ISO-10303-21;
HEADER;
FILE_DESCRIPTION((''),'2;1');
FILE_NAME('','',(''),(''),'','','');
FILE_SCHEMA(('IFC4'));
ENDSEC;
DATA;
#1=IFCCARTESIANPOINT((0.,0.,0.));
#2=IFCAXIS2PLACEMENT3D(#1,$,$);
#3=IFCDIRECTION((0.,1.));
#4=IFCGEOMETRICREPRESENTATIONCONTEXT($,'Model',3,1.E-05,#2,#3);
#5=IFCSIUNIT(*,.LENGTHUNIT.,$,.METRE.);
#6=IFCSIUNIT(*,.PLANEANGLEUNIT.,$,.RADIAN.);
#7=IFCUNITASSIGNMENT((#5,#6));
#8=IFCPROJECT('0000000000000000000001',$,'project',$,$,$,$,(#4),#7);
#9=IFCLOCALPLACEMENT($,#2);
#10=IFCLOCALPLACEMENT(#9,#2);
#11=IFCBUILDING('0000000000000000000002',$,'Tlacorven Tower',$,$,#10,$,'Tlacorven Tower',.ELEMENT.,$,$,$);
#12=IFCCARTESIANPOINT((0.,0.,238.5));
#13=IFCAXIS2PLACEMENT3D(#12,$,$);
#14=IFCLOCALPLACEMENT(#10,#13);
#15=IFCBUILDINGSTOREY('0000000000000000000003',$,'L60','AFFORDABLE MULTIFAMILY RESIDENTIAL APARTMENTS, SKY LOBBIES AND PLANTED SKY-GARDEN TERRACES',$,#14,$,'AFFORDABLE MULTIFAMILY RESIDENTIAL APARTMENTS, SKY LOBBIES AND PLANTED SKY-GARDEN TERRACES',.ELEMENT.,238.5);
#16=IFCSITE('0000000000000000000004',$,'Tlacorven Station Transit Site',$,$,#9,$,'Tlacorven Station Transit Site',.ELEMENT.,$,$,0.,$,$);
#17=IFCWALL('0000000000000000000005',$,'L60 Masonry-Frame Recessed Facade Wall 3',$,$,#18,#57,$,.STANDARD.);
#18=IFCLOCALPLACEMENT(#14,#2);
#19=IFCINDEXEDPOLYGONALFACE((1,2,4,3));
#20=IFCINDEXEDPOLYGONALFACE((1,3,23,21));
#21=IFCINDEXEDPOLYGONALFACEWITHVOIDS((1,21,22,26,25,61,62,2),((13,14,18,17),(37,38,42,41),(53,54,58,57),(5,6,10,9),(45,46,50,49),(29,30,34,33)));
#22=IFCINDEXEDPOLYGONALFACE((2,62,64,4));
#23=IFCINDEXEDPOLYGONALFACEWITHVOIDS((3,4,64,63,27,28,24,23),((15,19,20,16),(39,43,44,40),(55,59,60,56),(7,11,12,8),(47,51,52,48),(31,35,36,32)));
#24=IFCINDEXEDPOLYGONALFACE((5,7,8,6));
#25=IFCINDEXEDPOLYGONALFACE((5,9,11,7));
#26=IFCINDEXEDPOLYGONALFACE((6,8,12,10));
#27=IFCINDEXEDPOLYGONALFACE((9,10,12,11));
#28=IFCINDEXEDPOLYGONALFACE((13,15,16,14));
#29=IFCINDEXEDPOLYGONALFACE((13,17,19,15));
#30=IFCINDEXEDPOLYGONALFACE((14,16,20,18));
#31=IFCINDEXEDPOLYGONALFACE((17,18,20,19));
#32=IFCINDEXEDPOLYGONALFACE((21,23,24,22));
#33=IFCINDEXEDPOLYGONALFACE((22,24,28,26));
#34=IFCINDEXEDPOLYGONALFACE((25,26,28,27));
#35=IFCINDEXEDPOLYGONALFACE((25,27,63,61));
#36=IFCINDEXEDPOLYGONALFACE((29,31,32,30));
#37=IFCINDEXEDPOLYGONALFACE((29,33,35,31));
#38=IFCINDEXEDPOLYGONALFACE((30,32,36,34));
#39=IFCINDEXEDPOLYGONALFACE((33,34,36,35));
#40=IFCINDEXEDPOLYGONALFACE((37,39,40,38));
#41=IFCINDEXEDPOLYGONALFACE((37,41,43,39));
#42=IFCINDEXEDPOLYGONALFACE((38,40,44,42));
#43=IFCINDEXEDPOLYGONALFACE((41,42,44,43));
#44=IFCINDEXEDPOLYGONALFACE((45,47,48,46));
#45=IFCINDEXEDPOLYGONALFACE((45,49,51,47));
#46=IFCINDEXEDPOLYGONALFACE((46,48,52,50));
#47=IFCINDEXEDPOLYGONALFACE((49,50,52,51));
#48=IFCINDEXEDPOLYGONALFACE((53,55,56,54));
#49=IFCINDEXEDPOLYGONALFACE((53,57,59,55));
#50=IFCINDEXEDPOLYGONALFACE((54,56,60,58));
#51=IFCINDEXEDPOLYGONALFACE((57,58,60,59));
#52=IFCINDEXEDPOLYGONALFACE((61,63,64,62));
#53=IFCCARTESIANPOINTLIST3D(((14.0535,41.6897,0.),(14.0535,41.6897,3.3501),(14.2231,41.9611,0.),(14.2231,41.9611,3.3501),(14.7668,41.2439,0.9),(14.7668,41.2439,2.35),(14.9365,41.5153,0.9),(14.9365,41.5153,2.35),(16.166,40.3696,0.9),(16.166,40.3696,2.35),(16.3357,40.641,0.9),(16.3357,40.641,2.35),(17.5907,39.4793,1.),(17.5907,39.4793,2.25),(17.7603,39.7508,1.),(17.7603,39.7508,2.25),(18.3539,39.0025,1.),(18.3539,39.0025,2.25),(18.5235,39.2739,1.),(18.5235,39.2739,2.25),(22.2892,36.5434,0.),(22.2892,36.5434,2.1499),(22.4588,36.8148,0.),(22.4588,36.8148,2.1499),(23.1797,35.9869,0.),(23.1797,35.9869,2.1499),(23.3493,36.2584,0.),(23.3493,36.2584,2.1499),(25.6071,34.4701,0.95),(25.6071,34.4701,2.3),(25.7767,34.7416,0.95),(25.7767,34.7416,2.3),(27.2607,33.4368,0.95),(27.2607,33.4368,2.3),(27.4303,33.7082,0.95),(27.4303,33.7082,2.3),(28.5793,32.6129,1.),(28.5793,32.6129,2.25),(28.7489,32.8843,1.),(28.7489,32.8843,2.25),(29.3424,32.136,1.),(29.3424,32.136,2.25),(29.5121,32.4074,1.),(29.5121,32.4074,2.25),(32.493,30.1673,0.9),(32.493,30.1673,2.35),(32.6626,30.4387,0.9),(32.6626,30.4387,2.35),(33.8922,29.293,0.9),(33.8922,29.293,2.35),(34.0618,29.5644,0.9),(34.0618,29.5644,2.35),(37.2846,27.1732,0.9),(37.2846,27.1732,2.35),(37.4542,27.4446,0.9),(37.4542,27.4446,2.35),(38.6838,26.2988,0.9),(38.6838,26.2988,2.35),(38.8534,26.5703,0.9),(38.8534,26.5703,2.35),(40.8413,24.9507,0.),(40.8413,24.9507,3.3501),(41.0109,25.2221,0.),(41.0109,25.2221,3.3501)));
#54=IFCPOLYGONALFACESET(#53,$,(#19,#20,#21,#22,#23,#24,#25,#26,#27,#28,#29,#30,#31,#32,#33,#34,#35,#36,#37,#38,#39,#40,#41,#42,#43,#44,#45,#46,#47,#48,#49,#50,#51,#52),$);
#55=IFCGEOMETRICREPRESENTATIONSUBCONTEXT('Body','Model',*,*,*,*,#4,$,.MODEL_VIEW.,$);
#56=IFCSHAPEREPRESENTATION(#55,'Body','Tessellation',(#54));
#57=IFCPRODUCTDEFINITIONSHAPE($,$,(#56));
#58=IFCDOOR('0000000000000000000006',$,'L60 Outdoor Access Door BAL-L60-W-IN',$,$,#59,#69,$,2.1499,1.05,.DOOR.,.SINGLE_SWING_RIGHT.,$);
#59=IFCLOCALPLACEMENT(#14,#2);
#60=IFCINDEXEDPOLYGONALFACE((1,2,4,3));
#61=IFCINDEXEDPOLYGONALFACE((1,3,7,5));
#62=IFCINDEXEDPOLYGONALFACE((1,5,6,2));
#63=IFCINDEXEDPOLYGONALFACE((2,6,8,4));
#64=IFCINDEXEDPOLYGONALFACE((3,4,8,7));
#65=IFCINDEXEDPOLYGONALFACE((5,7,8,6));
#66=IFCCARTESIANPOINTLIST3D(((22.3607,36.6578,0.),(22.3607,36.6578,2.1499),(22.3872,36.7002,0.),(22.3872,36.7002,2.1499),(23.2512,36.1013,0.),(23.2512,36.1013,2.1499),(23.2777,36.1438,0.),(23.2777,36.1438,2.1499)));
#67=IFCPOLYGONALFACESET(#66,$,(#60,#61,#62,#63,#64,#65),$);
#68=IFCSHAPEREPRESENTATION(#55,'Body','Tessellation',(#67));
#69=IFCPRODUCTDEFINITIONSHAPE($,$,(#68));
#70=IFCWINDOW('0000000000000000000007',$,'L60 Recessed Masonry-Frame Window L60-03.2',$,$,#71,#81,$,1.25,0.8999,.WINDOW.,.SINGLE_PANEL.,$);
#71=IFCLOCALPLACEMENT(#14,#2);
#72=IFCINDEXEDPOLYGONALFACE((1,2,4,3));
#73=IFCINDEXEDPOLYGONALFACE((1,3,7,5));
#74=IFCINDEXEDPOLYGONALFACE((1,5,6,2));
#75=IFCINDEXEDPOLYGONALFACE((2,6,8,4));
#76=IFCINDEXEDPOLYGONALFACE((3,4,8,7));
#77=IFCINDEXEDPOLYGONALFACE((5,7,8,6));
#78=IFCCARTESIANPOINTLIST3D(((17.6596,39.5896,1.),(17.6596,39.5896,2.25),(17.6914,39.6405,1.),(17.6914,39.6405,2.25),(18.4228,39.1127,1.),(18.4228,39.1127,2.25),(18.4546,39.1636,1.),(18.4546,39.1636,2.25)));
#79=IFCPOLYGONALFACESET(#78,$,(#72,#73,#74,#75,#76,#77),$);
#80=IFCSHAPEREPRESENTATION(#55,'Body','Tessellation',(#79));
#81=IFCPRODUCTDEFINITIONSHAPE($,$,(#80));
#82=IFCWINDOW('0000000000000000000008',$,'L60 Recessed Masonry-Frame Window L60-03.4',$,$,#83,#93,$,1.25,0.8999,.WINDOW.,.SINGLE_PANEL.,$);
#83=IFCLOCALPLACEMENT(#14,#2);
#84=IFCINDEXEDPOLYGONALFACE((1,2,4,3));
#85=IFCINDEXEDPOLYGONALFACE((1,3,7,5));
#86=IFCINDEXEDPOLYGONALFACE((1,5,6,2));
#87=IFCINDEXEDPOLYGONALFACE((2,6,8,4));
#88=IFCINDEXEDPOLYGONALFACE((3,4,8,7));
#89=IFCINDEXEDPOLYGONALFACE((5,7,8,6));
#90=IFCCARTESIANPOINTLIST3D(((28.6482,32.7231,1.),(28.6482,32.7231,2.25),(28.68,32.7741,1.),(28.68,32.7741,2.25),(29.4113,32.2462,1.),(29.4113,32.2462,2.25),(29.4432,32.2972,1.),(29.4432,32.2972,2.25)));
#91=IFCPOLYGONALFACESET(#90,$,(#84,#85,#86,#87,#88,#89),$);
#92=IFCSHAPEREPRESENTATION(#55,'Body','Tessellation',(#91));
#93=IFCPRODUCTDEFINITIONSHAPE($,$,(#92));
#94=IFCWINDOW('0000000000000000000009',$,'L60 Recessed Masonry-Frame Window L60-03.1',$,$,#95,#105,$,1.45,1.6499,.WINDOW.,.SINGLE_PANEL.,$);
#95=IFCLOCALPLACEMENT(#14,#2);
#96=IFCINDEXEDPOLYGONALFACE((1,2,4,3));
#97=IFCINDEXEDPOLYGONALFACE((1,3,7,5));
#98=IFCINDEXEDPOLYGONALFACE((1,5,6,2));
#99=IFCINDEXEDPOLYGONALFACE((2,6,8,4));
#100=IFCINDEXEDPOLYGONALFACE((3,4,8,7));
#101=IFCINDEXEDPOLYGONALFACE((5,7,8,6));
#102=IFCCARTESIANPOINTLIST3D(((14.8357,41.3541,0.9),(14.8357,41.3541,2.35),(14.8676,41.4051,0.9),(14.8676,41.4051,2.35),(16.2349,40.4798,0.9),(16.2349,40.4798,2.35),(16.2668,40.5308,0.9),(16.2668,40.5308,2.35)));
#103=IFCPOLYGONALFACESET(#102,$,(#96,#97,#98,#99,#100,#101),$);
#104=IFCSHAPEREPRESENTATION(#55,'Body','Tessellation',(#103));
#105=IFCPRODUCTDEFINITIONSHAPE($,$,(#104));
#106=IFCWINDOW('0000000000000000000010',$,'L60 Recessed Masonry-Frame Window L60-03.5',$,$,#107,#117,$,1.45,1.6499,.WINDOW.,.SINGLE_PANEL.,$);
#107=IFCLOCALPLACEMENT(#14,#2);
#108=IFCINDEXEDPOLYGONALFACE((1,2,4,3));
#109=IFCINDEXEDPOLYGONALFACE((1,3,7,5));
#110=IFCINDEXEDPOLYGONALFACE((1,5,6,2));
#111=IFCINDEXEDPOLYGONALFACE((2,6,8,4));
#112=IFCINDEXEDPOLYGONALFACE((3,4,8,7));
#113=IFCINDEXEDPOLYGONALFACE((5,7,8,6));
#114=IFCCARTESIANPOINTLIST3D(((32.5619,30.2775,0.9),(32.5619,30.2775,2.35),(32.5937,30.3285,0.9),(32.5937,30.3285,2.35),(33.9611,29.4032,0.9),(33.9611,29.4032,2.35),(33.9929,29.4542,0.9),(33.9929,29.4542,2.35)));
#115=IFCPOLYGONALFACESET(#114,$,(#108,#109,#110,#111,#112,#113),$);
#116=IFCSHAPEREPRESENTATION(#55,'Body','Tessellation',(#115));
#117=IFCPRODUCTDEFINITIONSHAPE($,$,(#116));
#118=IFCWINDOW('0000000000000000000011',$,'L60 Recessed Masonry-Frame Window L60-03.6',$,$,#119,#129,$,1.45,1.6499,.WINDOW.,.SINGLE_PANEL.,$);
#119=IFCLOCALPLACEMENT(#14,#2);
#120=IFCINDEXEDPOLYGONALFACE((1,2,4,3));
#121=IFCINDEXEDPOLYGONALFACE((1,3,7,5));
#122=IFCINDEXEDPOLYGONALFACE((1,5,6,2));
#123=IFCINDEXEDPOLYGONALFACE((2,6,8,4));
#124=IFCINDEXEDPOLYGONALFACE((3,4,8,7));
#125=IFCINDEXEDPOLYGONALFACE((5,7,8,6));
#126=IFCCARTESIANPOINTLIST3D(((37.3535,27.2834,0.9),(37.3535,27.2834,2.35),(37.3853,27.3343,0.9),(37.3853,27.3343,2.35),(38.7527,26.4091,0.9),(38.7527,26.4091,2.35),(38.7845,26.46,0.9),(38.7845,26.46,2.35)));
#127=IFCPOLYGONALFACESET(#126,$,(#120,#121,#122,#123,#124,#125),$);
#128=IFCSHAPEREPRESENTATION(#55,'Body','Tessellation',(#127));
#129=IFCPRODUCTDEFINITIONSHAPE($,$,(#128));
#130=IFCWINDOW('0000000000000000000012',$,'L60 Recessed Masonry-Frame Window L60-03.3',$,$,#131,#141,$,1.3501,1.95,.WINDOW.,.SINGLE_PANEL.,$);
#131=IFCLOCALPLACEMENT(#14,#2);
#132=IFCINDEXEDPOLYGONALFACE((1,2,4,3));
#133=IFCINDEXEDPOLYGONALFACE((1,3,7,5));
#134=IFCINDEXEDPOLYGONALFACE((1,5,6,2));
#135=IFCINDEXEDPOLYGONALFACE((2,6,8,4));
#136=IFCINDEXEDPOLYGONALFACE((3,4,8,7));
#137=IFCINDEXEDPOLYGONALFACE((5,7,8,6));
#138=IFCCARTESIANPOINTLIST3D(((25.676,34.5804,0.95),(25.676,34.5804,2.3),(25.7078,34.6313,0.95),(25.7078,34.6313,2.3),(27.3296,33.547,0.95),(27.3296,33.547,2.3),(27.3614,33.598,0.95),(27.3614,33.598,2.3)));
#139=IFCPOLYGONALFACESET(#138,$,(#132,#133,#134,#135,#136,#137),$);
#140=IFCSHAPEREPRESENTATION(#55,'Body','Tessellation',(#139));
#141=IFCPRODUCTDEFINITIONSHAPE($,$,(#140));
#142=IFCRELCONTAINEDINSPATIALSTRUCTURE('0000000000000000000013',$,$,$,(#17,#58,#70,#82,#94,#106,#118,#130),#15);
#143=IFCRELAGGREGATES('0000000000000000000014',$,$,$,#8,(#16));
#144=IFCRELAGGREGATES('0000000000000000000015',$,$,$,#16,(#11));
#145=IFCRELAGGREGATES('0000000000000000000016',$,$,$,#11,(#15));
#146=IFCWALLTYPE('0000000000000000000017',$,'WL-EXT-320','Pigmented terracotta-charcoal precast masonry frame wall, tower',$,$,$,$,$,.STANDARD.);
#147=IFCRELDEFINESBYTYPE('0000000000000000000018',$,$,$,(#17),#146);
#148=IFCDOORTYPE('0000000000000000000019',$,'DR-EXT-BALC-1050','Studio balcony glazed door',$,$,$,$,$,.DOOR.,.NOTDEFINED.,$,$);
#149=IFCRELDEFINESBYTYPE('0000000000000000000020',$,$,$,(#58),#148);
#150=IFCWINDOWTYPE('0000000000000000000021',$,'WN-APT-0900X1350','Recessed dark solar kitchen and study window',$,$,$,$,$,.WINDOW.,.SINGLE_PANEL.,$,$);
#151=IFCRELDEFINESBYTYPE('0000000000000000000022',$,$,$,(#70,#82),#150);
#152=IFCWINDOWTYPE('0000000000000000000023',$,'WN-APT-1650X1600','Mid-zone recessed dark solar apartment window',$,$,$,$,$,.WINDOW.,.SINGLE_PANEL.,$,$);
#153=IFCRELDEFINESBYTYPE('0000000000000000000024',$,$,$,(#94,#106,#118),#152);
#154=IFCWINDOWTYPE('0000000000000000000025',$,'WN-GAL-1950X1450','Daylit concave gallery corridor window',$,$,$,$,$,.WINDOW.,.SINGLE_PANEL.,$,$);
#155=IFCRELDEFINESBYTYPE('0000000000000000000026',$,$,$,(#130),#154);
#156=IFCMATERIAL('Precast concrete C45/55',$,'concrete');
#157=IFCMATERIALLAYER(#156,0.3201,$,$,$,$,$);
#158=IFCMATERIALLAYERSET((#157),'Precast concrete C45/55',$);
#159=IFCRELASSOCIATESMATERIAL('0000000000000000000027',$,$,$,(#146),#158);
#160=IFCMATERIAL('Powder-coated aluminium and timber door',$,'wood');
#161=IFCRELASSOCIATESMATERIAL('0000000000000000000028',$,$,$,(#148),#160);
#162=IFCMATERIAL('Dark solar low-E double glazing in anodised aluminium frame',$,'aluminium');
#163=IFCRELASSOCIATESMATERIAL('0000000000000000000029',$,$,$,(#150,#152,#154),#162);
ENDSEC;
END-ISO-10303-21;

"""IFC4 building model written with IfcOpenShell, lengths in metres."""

from ifc_helpers import new_model, si_unit, direction, frame, frame_2d, origin, place, context, subcontext, project, spatial, rectangle, extrude, source, transform, mapped, material, layer, layer_set, type_object, element, fill, save


model = new_model("IFC4")

# Units and contexts
model_context = context("Model", 3, precision=1e-05, world=origin(), true_north=direction((0.0, 1.0)))
body_context = subcontext(model_context, "Body", "Model", "MODEL_VIEW")
ifc_project = project(units=[si_unit("LENGTHUNIT", "METRE"), si_unit("PLANEANGLEUNIT", "RADIAN")], contexts=[model_context])

# Site, building, storey
site_placement = place(None, origin())
site = spatial("IfcSite", under=ifc_project, at=site_placement, Name="Tlacorven Station Transit Site", LongName="Tlacorven Station Transit Site", CompositionType="ELEMENT", RefElevation=0.0)
building_placement = place(site_placement, origin())
building = spatial("IfcBuilding", under=site, at=building_placement, Name="Tlacorven Tower", LongName="Tlacorven Tower", CompositionType="ELEMENT")
storey_placement = place(building_placement, frame((0.0, 0.0, 238.5)))
storey = spatial("IfcBuildingStorey", under=building, at=storey_placement, Name="L60", Description="AFFORDABLE MULTIFAMILY RESIDENTIAL APARTMENTS, SKY LOBBIES AND PLANTED SKY-GARDEN TERRACES", LongName="AFFORDABLE MULTIFAMILY RESIDENTIAL APARTMENTS, SKY LOBBIES AND PLANTED SKY-GARDEN TERRACES", CompositionType="ELEMENT", Elevation=238.5)

# Wall, openings, door, windows
ifc_material_1 = material(Name="Precast concrete C45/55", Category="concrete")
ifc_layer_1 = layer(ifc_material_1, 0.3201)
ifc_layer_set_1 = layer_set([ifc_layer_1], Name="Precast concrete C45/55")
wall_type_1 = type_object("IfcWallType", Name="WL-EXT-320", Description="Pigmented terracotta-charcoal precast masonry frame wall, tower", PredefinedType="STANDARD", material=ifc_layer_set_1)
wall_1_placement = place(storey_placement, frame((14.1382, 41.8254, 0.0), z_axis=(0.0, 0.0, 1.0), x_axis=(0.848046, -0.529922, 0.0)))
wall_1 = element("IfcWall", 1, at=wall_1_placement, inside=storey, type_object=wall_type_1, Name="L60 Masonry-Frame Recessed Facade Wall 3", PredefinedType="STANDARD", context=body_context, shape_type="SweptSolid", body=[
    extrude(rectangle(XDim=31.5876, YDim=0.3201, at=frame_2d((15.7939, 0.0))), origin(), (0.0, 0.0, 1.0), 3.3501),
])
opening_1_placement = place(wall_1_placement, frame((9.7117, 0.0, 0.0)))
opening_1 = element("IfcOpeningElement", 2, at=opening_1_placement, cuts=wall_1, PredefinedType="OPENING", context=body_context, shape_type="SweptSolid", body=[
    extrude(rectangle(XDim=1.05, YDim=2.1499, at=frame_2d((0.5249, 1.075))), frame((0.0, 0.1699, 0.0), z_axis=(0.0, -1.0, 0.0), x_axis=(1.0, 0.0, 0.0)), (0.0, 0.0, 1.0), 0.3401),
])
opening_2_placement = place(wall_1_placement, frame((0.8413, 0.0, 0.8999)))
opening_2 = element("IfcOpeningElement", 3, at=opening_2_placement, cuts=wall_1, PredefinedType="OPENING", context=body_context, shape_type="SweptSolid", body=[
    extrude(rectangle(XDim=1.6499, YDim=1.45, at=frame_2d((0.825, 0.7251))), frame((0.0, 0.1699, 0.0), z_axis=(0.0, -1.0, 0.0), x_axis=(1.0, 0.0, 0.0)), (0.0, 0.0, 1.0), 0.3401),
])
opening_3_placement = place(wall_1_placement, frame((4.1711, 0.0, 1.0)))
opening_3 = element("IfcOpeningElement", 4, at=opening_3_placement, cuts=wall_1, PredefinedType="OPENING", context=body_context, shape_type="SweptSolid", body=[
    extrude(rectangle(XDim=0.8999, YDim=1.25, at=frame_2d((0.45, 0.625))), frame((0.0, 0.1699, 0.0), z_axis=(0.0, -1.0, 0.0), x_axis=(1.0, 0.0, 0.0)), (0.0, 0.0, 1.0), 0.3401),
])
opening_4_placement = place(wall_1_placement, frame((13.6238, 0.0, 0.95)))
opening_4 = element("IfcOpeningElement", 5, at=opening_4_placement, cuts=wall_1, PredefinedType="OPENING", context=body_context, shape_type="SweptSolid", body=[
    extrude(rectangle(XDim=1.95, YDim=1.3501, at=frame_2d((0.9751, 0.675))), frame((0.0, 0.1699, 0.0), z_axis=(0.0, -1.0, 0.0), x_axis=(1.0, 0.0, 0.0)), (0.0, 0.0, 1.0), 0.3401),
])
opening_5_placement = place(wall_1_placement, frame((17.1287, 0.0, 1.0)))
opening_5 = element("IfcOpeningElement", 6, at=opening_5_placement, cuts=wall_1, PredefinedType="OPENING", context=body_context, shape_type="SweptSolid", body=[
    extrude(rectangle(XDim=0.8999, YDim=1.25, at=frame_2d((0.45, 0.625))), frame((0.0, 0.1699, 0.0), z_axis=(0.0, -1.0, 0.0), x_axis=(1.0, 0.0, 0.0)), (0.0, 0.0, 1.0), 0.3401),
])
opening_6_placement = place(wall_1_placement, frame((21.7437, 0.0, 0.8999)))
opening_6 = element("IfcOpeningElement", 7, at=opening_6_placement, cuts=wall_1, PredefinedType="OPENING", context=body_context, shape_type="SweptSolid", body=[
    extrude(rectangle(XDim=1.6499, YDim=1.45, at=frame_2d((0.825, 0.7251))), frame((0.0, 0.1699, 0.0), z_axis=(0.0, -1.0, 0.0), x_axis=(1.0, 0.0, 0.0)), (0.0, 0.0, 1.0), 0.3401),
])
opening_7_placement = place(wall_1_placement, frame((27.3938, 0.0, 0.8999)))
opening_7 = element("IfcOpeningElement", 8, at=opening_7_placement, cuts=wall_1, PredefinedType="OPENING", context=body_context, shape_type="SweptSolid", body=[
    extrude(rectangle(XDim=1.6499, YDim=1.45, at=frame_2d((0.825, 0.7251))), frame((0.0, 0.1699, 0.0), z_axis=(0.0, -1.0, 0.0), x_axis=(1.0, 0.0, 0.0)), (0.0, 0.0, 1.0), 0.3401),
])
ifc_material_2 = material(Name="Powder-coated aluminium and timber door", Category="wood")
door_type_1 = type_object("IfcDoorType", Name="DR-EXT-BALC-1050", Description="Studio balcony glazed door", OperationType="NOTDEFINED", PredefinedType="DOOR", material=ifc_material_2)
shared_shape_1 = source(origin(), body_context, "Body", "SweptSolid", [
    extrude(rectangle(XDim=1.05, YDim=2.1499, at=frame_2d((0.5249, 1.075))), frame((0.0, 0.0249, 0.0), z_axis=(0.0, -1.0, 0.0), x_axis=(1.0, 0.0, 0.0)), (0.0, 0.0, 1.0), 0.05),
])
door_1_placement = place(opening_1_placement, origin())
door_1 = element("IfcDoor", 9, at=door_1_placement, inside=storey, type_object=door_type_1, Name="L60 Outdoor Access Door BAL-L60-W-IN", OperationType="SINGLE_SWING_RIGHT", OverallHeight=2.1499, OverallWidth=1.05, PredefinedType="DOOR", context=body_context, shape_type="MappedRepresentation", body=[
    mapped(shared_shape_1, transform((0.0, 0.0, 0.0), scale=1.0)),
])
fill(opening_1, door_1)
ifc_material_3 = material(Name="Dark solar low-E double glazing in anodised aluminium frame", Category="aluminium")
window_type_1 = type_object("IfcWindowType", Name="WN-APT-0900X1350", Description="Recessed dark solar kitchen and study window", PartitioningType="SINGLE_PANEL", PredefinedType="WINDOW", material=ifc_material_3)
shared_shape_2 = source(origin(), body_context, "Body", "SweptSolid", [
    extrude(rectangle(XDim=0.8999, YDim=1.25, at=frame_2d((0.45, 0.625))), frame((0.0, 0.03, 0.0), z_axis=(0.0, -1.0, 0.0), x_axis=(1.0, 0.0, 0.0)), (0.0, 0.0, 1.0), 0.0601),
])
window_1_placement = place(opening_3_placement, origin())
window_1 = element("IfcWindow", 10, at=window_1_placement, inside=storey, type_object=window_type_1, Name="L60 Recessed Masonry-Frame Window L60-03.2", OverallHeight=1.25, OverallWidth=0.8999, PartitioningType="SINGLE_PANEL", PredefinedType="WINDOW", context=body_context, shape_type="MappedRepresentation", body=[
    mapped(shared_shape_2, transform((0.0, 0.0, 0.0), scale=1.0)),
])
fill(opening_3, window_1)
window_2_placement = place(opening_5_placement, origin())
window_2 = element("IfcWindow", 11, at=window_2_placement, inside=storey, type_object=window_type_1, Name="L60 Recessed Masonry-Frame Window L60-03.4", OverallHeight=1.25, OverallWidth=0.8999, PartitioningType="SINGLE_PANEL", PredefinedType="WINDOW", context=body_context, shape_type="MappedRepresentation", body=[
    mapped(shared_shape_2, transform((0.0, 0.0, 0.0), scale=1.0)),
])
fill(opening_5, window_2)
window_type_2 = type_object("IfcWindowType", Name="WN-APT-1650X1600", Description="Mid-zone recessed dark solar apartment window", PartitioningType="SINGLE_PANEL", PredefinedType="WINDOW", material=ifc_material_3)
shared_shape_3 = source(origin(), body_context, "Body", "SweptSolid", [
    extrude(rectangle(XDim=1.6499, YDim=1.45, at=frame_2d((0.825, 0.7251))), frame((0.0, 0.03, 0.0), z_axis=(0.0, -1.0, 0.0), x_axis=(1.0, 0.0, 0.0)), (0.0, 0.0, 1.0), 0.0601),
])
window_3_placement = place(opening_2_placement, origin())
window_3 = element("IfcWindow", 12, at=window_3_placement, inside=storey, type_object=window_type_2, Name="L60 Recessed Masonry-Frame Window L60-03.1", OverallHeight=1.45, OverallWidth=1.6499, PartitioningType="SINGLE_PANEL", PredefinedType="WINDOW", context=body_context, shape_type="MappedRepresentation", body=[
    mapped(shared_shape_3, transform((0.0, 0.0, 0.0), scale=1.0)),
])
fill(opening_2, window_3)
window_4_placement = place(opening_6_placement, origin())
window_4 = element("IfcWindow", 13, at=window_4_placement, inside=storey, type_object=window_type_2, Name="L60 Recessed Masonry-Frame Window L60-03.5", OverallHeight=1.45, OverallWidth=1.6499, PartitioningType="SINGLE_PANEL", PredefinedType="WINDOW", context=body_context, shape_type="MappedRepresentation", body=[
    mapped(shared_shape_3, transform((0.0, 0.0, 0.0), scale=1.0)),
])
fill(opening_6, window_4)
window_5_placement = place(opening_7_placement, origin())
window_5 = element("IfcWindow", 14, at=window_5_placement, inside=storey, type_object=window_type_2, Name="L60 Recessed Masonry-Frame Window L60-03.6", OverallHeight=1.45, OverallWidth=1.6499, PartitioningType="SINGLE_PANEL", PredefinedType="WINDOW", context=body_context, shape_type="MappedRepresentation", body=[
    mapped(shared_shape_3, transform((0.0, 0.0, 0.0), scale=1.0)),
])
fill(opening_7, window_5)
window_type_3 = type_object("IfcWindowType", Name="WN-GAL-1950X1450", Description="Daylit concave gallery corridor window", PartitioningType="SINGLE_PANEL", PredefinedType="WINDOW", material=ifc_material_3)
shared_shape_4 = source(origin(), body_context, "Body", "SweptSolid", [
    extrude(rectangle(XDim=1.95, YDim=1.3501, at=frame_2d((0.9751, 0.675))), frame((0.0, 0.03, 0.0), z_axis=(0.0, -1.0, 0.0), x_axis=(1.0, 0.0, 0.0)), (0.0, 0.0, 1.0), 0.0601),
])
window_6_placement = place(opening_4_placement, origin())
window_6 = element("IfcWindow", 15, at=window_6_placement, inside=storey, type_object=window_type_3, Name="L60 Recessed Masonry-Frame Window L60-03.3", OverallHeight=1.3501, OverallWidth=1.95, PartitioningType="SINGLE_PANEL", PredefinedType="WINDOW", context=body_context, shape_type="MappedRepresentation", body=[
    mapped(shared_shape_4, transform((0.0, 0.0, 0.0), scale=1.0)),
])
fill(opening_4, window_6)

save(model, "model.ifc")
